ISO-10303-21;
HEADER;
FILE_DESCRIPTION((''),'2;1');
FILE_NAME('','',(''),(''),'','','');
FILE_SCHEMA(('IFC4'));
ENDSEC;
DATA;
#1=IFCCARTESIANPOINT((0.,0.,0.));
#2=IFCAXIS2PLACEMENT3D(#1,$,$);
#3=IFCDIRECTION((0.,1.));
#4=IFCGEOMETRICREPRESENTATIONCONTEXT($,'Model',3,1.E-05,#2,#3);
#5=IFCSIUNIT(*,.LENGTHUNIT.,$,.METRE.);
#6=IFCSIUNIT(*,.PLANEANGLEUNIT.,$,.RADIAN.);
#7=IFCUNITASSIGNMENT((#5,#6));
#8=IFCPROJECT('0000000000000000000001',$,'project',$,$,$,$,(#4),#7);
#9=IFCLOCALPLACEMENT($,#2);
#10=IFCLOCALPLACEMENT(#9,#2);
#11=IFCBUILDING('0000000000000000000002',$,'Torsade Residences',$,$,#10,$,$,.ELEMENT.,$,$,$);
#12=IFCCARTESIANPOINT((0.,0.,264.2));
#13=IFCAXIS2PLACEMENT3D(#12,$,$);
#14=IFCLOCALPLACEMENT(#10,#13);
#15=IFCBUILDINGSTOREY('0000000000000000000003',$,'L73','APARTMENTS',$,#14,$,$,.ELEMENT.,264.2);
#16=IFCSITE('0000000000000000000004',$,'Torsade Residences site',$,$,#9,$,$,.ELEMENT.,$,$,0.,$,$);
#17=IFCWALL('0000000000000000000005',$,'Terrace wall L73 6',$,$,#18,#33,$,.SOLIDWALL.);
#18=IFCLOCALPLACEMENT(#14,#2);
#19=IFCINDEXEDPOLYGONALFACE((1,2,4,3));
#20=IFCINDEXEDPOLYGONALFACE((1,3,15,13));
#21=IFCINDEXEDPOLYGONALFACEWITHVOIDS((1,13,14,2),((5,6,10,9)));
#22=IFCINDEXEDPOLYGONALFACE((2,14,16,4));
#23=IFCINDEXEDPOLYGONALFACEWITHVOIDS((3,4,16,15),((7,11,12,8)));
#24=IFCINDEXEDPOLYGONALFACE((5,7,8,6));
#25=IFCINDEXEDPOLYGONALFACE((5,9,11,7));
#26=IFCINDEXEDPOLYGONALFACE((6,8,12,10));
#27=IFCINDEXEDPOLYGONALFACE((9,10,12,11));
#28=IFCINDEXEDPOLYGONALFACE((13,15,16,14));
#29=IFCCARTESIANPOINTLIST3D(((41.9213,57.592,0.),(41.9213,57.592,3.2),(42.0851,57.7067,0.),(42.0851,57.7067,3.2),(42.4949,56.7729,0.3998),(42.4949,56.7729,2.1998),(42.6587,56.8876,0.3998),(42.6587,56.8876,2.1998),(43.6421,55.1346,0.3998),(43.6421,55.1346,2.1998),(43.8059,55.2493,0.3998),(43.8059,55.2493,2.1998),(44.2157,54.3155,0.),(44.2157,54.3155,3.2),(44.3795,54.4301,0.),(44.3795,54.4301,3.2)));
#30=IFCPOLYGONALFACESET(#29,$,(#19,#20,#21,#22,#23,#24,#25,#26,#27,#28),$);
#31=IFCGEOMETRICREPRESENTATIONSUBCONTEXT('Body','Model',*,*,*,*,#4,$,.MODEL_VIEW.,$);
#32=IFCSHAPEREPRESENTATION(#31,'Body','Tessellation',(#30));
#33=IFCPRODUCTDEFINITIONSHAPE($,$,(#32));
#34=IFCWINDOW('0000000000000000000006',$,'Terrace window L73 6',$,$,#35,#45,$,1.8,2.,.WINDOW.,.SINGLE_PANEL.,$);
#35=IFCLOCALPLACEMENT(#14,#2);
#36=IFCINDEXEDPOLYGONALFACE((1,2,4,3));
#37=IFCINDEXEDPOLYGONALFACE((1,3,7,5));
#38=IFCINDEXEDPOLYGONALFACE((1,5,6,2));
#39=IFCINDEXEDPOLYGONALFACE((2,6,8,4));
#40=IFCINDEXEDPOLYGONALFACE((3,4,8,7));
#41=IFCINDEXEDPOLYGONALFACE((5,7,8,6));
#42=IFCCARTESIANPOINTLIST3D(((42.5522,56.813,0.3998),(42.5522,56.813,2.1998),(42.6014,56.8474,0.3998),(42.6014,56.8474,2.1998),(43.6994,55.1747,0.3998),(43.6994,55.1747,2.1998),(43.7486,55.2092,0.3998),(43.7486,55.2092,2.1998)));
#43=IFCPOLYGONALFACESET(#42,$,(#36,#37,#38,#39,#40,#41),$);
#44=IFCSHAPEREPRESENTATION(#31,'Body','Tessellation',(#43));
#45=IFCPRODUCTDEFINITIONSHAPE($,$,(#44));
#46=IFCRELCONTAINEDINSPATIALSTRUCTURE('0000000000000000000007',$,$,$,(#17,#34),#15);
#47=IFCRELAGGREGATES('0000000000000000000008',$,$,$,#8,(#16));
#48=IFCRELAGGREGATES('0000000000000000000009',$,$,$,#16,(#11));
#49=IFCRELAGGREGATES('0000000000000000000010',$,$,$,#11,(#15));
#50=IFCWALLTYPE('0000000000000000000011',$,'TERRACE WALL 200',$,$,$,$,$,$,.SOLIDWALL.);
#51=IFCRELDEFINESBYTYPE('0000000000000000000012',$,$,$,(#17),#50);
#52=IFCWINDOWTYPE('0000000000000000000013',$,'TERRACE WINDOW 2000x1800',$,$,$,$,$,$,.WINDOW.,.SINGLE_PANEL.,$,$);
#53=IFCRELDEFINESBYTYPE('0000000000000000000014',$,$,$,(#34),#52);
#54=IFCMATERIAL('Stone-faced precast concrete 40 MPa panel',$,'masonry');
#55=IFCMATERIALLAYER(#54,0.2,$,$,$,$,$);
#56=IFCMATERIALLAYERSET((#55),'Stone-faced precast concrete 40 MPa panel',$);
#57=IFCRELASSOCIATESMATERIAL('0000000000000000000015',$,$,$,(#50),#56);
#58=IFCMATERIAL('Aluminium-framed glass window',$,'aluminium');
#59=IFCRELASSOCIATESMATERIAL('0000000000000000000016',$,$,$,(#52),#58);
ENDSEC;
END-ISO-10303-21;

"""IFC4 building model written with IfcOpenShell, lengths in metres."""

from ifc_helpers import new_model, si_unit, direction, frame, frame_2d, origin, place, context, subcontext, project, spatial, rectangle, extrude, material, layer, layer_set, type_object, element, fill, save


model = new_model("IFC4")

# Units and contexts
model_context = context("Model", 3, precision=1e-05, world=origin(), true_north=direction((0.0, 1.0)))
body_context = subcontext(model_context, "Body", "Model", "MODEL_VIEW")
ifc_project = project(units=[si_unit("LENGTHUNIT", "METRE"), si_unit("PLANEANGLEUNIT", "RADIAN")], contexts=[model_context])

# Site, building, storey
site_placement = place(None, origin())
site = spatial("IfcSite", under=ifc_project, at=site_placement, Name="Torsade Residences site", CompositionType="ELEMENT", RefElevation=0.0)
building_placement = place(site_placement, origin())
building = spatial("IfcBuilding", under=site, at=building_placement, Name="Torsade Residences", CompositionType="ELEMENT")
storey_placement = place(building_placement, frame((0.0, 0.0, 264.2)))
storey = spatial("IfcBuildingStorey", under=building, at=storey_placement, Name="L73", Description="APARTMENTS", CompositionType="ELEMENT", Elevation=264.2)

# Wall, opening, window
ifc_material_1 = material(Name="Stone-faced precast concrete 40 MPa panel", Category="masonry")
ifc_layer_1 = layer(ifc_material_1, 0.2)
ifc_layer_set_1 = layer_set([ifc_layer_1], Name="Stone-faced precast concrete 40 MPa panel")
wall_type_1 = type_object("IfcWallType", Name="TERRACE WALL 200", PredefinedType="SOLIDWALL", material=ifc_layer_set_1)
wall_1_placement = place(storey_placement, frame((44.2976, 54.3728, 0.0), z_axis=(0.0, 0.0, 1.0), x_axis=(-0.573598, 0.819137, 0.0)))
wall_1 = element("IfcWall", 1, at=wall_1_placement, inside=storey, type_object=wall_type_1, Name="Terrace wall L73 6", PredefinedType="SOLIDWALL", context=body_context, shape_type="SweptSolid", body=[
    extrude(rectangle(XDim=4.0, YDim=0.2, at=frame_2d((2.0, 0.0))), origin(), (0.0, 0.0, 1.0), 3.2),
])
opening_1_placement = place(wall_1_placement, frame((1.0, 0.0, 0.3999)))
opening_1 = element("IfcOpeningElement", 2, at=opening_1_placement, cuts=wall_1, PredefinedType="OPENING", context=body_context, shape_type="SweptSolid", body=[
    extrude(rectangle(XDim=2.0, YDim=1.8, at=frame_2d((1.0, 0.8999))), frame((0.0, 0.1099, 0.0), z_axis=(0.0, -1.0, 0.0), x_axis=(1.0, 0.0, 0.0)), (0.0, 0.0, 1.0), 0.22),
])
ifc_material_2 = material(Name="Aluminium-framed glass window", Category="aluminium")
window_type = type_object("IfcWindowType", Name="TERRACE WINDOW 2000x1800", PartitioningType="SINGLE_PANEL", PredefinedType="WINDOW", material=ifc_material_2)
window_placement = place(opening_1_placement, origin())
window = element("IfcWindow", 3, at=window_placement, inside=storey, type_object=window_type, Name="Terrace window L73 6", OverallHeight=1.8, OverallWidth=2.0, PartitioningType="SINGLE_PANEL", PredefinedType="WINDOW", context=body_context, shape_type="SweptSolid", body=[
    extrude(rectangle(XDim=2.0, YDim=1.8, at=frame_2d((1.0, 0.8999))), frame((0.0, 0.03, 0.0), z_axis=(0.0, -1.0, 0.0), x_axis=(1.0, 0.0, 0.0)), (0.0, 0.0, 1.0), 0.0601),
])
fill(opening_1, window)

save(model, "model.ifc")
